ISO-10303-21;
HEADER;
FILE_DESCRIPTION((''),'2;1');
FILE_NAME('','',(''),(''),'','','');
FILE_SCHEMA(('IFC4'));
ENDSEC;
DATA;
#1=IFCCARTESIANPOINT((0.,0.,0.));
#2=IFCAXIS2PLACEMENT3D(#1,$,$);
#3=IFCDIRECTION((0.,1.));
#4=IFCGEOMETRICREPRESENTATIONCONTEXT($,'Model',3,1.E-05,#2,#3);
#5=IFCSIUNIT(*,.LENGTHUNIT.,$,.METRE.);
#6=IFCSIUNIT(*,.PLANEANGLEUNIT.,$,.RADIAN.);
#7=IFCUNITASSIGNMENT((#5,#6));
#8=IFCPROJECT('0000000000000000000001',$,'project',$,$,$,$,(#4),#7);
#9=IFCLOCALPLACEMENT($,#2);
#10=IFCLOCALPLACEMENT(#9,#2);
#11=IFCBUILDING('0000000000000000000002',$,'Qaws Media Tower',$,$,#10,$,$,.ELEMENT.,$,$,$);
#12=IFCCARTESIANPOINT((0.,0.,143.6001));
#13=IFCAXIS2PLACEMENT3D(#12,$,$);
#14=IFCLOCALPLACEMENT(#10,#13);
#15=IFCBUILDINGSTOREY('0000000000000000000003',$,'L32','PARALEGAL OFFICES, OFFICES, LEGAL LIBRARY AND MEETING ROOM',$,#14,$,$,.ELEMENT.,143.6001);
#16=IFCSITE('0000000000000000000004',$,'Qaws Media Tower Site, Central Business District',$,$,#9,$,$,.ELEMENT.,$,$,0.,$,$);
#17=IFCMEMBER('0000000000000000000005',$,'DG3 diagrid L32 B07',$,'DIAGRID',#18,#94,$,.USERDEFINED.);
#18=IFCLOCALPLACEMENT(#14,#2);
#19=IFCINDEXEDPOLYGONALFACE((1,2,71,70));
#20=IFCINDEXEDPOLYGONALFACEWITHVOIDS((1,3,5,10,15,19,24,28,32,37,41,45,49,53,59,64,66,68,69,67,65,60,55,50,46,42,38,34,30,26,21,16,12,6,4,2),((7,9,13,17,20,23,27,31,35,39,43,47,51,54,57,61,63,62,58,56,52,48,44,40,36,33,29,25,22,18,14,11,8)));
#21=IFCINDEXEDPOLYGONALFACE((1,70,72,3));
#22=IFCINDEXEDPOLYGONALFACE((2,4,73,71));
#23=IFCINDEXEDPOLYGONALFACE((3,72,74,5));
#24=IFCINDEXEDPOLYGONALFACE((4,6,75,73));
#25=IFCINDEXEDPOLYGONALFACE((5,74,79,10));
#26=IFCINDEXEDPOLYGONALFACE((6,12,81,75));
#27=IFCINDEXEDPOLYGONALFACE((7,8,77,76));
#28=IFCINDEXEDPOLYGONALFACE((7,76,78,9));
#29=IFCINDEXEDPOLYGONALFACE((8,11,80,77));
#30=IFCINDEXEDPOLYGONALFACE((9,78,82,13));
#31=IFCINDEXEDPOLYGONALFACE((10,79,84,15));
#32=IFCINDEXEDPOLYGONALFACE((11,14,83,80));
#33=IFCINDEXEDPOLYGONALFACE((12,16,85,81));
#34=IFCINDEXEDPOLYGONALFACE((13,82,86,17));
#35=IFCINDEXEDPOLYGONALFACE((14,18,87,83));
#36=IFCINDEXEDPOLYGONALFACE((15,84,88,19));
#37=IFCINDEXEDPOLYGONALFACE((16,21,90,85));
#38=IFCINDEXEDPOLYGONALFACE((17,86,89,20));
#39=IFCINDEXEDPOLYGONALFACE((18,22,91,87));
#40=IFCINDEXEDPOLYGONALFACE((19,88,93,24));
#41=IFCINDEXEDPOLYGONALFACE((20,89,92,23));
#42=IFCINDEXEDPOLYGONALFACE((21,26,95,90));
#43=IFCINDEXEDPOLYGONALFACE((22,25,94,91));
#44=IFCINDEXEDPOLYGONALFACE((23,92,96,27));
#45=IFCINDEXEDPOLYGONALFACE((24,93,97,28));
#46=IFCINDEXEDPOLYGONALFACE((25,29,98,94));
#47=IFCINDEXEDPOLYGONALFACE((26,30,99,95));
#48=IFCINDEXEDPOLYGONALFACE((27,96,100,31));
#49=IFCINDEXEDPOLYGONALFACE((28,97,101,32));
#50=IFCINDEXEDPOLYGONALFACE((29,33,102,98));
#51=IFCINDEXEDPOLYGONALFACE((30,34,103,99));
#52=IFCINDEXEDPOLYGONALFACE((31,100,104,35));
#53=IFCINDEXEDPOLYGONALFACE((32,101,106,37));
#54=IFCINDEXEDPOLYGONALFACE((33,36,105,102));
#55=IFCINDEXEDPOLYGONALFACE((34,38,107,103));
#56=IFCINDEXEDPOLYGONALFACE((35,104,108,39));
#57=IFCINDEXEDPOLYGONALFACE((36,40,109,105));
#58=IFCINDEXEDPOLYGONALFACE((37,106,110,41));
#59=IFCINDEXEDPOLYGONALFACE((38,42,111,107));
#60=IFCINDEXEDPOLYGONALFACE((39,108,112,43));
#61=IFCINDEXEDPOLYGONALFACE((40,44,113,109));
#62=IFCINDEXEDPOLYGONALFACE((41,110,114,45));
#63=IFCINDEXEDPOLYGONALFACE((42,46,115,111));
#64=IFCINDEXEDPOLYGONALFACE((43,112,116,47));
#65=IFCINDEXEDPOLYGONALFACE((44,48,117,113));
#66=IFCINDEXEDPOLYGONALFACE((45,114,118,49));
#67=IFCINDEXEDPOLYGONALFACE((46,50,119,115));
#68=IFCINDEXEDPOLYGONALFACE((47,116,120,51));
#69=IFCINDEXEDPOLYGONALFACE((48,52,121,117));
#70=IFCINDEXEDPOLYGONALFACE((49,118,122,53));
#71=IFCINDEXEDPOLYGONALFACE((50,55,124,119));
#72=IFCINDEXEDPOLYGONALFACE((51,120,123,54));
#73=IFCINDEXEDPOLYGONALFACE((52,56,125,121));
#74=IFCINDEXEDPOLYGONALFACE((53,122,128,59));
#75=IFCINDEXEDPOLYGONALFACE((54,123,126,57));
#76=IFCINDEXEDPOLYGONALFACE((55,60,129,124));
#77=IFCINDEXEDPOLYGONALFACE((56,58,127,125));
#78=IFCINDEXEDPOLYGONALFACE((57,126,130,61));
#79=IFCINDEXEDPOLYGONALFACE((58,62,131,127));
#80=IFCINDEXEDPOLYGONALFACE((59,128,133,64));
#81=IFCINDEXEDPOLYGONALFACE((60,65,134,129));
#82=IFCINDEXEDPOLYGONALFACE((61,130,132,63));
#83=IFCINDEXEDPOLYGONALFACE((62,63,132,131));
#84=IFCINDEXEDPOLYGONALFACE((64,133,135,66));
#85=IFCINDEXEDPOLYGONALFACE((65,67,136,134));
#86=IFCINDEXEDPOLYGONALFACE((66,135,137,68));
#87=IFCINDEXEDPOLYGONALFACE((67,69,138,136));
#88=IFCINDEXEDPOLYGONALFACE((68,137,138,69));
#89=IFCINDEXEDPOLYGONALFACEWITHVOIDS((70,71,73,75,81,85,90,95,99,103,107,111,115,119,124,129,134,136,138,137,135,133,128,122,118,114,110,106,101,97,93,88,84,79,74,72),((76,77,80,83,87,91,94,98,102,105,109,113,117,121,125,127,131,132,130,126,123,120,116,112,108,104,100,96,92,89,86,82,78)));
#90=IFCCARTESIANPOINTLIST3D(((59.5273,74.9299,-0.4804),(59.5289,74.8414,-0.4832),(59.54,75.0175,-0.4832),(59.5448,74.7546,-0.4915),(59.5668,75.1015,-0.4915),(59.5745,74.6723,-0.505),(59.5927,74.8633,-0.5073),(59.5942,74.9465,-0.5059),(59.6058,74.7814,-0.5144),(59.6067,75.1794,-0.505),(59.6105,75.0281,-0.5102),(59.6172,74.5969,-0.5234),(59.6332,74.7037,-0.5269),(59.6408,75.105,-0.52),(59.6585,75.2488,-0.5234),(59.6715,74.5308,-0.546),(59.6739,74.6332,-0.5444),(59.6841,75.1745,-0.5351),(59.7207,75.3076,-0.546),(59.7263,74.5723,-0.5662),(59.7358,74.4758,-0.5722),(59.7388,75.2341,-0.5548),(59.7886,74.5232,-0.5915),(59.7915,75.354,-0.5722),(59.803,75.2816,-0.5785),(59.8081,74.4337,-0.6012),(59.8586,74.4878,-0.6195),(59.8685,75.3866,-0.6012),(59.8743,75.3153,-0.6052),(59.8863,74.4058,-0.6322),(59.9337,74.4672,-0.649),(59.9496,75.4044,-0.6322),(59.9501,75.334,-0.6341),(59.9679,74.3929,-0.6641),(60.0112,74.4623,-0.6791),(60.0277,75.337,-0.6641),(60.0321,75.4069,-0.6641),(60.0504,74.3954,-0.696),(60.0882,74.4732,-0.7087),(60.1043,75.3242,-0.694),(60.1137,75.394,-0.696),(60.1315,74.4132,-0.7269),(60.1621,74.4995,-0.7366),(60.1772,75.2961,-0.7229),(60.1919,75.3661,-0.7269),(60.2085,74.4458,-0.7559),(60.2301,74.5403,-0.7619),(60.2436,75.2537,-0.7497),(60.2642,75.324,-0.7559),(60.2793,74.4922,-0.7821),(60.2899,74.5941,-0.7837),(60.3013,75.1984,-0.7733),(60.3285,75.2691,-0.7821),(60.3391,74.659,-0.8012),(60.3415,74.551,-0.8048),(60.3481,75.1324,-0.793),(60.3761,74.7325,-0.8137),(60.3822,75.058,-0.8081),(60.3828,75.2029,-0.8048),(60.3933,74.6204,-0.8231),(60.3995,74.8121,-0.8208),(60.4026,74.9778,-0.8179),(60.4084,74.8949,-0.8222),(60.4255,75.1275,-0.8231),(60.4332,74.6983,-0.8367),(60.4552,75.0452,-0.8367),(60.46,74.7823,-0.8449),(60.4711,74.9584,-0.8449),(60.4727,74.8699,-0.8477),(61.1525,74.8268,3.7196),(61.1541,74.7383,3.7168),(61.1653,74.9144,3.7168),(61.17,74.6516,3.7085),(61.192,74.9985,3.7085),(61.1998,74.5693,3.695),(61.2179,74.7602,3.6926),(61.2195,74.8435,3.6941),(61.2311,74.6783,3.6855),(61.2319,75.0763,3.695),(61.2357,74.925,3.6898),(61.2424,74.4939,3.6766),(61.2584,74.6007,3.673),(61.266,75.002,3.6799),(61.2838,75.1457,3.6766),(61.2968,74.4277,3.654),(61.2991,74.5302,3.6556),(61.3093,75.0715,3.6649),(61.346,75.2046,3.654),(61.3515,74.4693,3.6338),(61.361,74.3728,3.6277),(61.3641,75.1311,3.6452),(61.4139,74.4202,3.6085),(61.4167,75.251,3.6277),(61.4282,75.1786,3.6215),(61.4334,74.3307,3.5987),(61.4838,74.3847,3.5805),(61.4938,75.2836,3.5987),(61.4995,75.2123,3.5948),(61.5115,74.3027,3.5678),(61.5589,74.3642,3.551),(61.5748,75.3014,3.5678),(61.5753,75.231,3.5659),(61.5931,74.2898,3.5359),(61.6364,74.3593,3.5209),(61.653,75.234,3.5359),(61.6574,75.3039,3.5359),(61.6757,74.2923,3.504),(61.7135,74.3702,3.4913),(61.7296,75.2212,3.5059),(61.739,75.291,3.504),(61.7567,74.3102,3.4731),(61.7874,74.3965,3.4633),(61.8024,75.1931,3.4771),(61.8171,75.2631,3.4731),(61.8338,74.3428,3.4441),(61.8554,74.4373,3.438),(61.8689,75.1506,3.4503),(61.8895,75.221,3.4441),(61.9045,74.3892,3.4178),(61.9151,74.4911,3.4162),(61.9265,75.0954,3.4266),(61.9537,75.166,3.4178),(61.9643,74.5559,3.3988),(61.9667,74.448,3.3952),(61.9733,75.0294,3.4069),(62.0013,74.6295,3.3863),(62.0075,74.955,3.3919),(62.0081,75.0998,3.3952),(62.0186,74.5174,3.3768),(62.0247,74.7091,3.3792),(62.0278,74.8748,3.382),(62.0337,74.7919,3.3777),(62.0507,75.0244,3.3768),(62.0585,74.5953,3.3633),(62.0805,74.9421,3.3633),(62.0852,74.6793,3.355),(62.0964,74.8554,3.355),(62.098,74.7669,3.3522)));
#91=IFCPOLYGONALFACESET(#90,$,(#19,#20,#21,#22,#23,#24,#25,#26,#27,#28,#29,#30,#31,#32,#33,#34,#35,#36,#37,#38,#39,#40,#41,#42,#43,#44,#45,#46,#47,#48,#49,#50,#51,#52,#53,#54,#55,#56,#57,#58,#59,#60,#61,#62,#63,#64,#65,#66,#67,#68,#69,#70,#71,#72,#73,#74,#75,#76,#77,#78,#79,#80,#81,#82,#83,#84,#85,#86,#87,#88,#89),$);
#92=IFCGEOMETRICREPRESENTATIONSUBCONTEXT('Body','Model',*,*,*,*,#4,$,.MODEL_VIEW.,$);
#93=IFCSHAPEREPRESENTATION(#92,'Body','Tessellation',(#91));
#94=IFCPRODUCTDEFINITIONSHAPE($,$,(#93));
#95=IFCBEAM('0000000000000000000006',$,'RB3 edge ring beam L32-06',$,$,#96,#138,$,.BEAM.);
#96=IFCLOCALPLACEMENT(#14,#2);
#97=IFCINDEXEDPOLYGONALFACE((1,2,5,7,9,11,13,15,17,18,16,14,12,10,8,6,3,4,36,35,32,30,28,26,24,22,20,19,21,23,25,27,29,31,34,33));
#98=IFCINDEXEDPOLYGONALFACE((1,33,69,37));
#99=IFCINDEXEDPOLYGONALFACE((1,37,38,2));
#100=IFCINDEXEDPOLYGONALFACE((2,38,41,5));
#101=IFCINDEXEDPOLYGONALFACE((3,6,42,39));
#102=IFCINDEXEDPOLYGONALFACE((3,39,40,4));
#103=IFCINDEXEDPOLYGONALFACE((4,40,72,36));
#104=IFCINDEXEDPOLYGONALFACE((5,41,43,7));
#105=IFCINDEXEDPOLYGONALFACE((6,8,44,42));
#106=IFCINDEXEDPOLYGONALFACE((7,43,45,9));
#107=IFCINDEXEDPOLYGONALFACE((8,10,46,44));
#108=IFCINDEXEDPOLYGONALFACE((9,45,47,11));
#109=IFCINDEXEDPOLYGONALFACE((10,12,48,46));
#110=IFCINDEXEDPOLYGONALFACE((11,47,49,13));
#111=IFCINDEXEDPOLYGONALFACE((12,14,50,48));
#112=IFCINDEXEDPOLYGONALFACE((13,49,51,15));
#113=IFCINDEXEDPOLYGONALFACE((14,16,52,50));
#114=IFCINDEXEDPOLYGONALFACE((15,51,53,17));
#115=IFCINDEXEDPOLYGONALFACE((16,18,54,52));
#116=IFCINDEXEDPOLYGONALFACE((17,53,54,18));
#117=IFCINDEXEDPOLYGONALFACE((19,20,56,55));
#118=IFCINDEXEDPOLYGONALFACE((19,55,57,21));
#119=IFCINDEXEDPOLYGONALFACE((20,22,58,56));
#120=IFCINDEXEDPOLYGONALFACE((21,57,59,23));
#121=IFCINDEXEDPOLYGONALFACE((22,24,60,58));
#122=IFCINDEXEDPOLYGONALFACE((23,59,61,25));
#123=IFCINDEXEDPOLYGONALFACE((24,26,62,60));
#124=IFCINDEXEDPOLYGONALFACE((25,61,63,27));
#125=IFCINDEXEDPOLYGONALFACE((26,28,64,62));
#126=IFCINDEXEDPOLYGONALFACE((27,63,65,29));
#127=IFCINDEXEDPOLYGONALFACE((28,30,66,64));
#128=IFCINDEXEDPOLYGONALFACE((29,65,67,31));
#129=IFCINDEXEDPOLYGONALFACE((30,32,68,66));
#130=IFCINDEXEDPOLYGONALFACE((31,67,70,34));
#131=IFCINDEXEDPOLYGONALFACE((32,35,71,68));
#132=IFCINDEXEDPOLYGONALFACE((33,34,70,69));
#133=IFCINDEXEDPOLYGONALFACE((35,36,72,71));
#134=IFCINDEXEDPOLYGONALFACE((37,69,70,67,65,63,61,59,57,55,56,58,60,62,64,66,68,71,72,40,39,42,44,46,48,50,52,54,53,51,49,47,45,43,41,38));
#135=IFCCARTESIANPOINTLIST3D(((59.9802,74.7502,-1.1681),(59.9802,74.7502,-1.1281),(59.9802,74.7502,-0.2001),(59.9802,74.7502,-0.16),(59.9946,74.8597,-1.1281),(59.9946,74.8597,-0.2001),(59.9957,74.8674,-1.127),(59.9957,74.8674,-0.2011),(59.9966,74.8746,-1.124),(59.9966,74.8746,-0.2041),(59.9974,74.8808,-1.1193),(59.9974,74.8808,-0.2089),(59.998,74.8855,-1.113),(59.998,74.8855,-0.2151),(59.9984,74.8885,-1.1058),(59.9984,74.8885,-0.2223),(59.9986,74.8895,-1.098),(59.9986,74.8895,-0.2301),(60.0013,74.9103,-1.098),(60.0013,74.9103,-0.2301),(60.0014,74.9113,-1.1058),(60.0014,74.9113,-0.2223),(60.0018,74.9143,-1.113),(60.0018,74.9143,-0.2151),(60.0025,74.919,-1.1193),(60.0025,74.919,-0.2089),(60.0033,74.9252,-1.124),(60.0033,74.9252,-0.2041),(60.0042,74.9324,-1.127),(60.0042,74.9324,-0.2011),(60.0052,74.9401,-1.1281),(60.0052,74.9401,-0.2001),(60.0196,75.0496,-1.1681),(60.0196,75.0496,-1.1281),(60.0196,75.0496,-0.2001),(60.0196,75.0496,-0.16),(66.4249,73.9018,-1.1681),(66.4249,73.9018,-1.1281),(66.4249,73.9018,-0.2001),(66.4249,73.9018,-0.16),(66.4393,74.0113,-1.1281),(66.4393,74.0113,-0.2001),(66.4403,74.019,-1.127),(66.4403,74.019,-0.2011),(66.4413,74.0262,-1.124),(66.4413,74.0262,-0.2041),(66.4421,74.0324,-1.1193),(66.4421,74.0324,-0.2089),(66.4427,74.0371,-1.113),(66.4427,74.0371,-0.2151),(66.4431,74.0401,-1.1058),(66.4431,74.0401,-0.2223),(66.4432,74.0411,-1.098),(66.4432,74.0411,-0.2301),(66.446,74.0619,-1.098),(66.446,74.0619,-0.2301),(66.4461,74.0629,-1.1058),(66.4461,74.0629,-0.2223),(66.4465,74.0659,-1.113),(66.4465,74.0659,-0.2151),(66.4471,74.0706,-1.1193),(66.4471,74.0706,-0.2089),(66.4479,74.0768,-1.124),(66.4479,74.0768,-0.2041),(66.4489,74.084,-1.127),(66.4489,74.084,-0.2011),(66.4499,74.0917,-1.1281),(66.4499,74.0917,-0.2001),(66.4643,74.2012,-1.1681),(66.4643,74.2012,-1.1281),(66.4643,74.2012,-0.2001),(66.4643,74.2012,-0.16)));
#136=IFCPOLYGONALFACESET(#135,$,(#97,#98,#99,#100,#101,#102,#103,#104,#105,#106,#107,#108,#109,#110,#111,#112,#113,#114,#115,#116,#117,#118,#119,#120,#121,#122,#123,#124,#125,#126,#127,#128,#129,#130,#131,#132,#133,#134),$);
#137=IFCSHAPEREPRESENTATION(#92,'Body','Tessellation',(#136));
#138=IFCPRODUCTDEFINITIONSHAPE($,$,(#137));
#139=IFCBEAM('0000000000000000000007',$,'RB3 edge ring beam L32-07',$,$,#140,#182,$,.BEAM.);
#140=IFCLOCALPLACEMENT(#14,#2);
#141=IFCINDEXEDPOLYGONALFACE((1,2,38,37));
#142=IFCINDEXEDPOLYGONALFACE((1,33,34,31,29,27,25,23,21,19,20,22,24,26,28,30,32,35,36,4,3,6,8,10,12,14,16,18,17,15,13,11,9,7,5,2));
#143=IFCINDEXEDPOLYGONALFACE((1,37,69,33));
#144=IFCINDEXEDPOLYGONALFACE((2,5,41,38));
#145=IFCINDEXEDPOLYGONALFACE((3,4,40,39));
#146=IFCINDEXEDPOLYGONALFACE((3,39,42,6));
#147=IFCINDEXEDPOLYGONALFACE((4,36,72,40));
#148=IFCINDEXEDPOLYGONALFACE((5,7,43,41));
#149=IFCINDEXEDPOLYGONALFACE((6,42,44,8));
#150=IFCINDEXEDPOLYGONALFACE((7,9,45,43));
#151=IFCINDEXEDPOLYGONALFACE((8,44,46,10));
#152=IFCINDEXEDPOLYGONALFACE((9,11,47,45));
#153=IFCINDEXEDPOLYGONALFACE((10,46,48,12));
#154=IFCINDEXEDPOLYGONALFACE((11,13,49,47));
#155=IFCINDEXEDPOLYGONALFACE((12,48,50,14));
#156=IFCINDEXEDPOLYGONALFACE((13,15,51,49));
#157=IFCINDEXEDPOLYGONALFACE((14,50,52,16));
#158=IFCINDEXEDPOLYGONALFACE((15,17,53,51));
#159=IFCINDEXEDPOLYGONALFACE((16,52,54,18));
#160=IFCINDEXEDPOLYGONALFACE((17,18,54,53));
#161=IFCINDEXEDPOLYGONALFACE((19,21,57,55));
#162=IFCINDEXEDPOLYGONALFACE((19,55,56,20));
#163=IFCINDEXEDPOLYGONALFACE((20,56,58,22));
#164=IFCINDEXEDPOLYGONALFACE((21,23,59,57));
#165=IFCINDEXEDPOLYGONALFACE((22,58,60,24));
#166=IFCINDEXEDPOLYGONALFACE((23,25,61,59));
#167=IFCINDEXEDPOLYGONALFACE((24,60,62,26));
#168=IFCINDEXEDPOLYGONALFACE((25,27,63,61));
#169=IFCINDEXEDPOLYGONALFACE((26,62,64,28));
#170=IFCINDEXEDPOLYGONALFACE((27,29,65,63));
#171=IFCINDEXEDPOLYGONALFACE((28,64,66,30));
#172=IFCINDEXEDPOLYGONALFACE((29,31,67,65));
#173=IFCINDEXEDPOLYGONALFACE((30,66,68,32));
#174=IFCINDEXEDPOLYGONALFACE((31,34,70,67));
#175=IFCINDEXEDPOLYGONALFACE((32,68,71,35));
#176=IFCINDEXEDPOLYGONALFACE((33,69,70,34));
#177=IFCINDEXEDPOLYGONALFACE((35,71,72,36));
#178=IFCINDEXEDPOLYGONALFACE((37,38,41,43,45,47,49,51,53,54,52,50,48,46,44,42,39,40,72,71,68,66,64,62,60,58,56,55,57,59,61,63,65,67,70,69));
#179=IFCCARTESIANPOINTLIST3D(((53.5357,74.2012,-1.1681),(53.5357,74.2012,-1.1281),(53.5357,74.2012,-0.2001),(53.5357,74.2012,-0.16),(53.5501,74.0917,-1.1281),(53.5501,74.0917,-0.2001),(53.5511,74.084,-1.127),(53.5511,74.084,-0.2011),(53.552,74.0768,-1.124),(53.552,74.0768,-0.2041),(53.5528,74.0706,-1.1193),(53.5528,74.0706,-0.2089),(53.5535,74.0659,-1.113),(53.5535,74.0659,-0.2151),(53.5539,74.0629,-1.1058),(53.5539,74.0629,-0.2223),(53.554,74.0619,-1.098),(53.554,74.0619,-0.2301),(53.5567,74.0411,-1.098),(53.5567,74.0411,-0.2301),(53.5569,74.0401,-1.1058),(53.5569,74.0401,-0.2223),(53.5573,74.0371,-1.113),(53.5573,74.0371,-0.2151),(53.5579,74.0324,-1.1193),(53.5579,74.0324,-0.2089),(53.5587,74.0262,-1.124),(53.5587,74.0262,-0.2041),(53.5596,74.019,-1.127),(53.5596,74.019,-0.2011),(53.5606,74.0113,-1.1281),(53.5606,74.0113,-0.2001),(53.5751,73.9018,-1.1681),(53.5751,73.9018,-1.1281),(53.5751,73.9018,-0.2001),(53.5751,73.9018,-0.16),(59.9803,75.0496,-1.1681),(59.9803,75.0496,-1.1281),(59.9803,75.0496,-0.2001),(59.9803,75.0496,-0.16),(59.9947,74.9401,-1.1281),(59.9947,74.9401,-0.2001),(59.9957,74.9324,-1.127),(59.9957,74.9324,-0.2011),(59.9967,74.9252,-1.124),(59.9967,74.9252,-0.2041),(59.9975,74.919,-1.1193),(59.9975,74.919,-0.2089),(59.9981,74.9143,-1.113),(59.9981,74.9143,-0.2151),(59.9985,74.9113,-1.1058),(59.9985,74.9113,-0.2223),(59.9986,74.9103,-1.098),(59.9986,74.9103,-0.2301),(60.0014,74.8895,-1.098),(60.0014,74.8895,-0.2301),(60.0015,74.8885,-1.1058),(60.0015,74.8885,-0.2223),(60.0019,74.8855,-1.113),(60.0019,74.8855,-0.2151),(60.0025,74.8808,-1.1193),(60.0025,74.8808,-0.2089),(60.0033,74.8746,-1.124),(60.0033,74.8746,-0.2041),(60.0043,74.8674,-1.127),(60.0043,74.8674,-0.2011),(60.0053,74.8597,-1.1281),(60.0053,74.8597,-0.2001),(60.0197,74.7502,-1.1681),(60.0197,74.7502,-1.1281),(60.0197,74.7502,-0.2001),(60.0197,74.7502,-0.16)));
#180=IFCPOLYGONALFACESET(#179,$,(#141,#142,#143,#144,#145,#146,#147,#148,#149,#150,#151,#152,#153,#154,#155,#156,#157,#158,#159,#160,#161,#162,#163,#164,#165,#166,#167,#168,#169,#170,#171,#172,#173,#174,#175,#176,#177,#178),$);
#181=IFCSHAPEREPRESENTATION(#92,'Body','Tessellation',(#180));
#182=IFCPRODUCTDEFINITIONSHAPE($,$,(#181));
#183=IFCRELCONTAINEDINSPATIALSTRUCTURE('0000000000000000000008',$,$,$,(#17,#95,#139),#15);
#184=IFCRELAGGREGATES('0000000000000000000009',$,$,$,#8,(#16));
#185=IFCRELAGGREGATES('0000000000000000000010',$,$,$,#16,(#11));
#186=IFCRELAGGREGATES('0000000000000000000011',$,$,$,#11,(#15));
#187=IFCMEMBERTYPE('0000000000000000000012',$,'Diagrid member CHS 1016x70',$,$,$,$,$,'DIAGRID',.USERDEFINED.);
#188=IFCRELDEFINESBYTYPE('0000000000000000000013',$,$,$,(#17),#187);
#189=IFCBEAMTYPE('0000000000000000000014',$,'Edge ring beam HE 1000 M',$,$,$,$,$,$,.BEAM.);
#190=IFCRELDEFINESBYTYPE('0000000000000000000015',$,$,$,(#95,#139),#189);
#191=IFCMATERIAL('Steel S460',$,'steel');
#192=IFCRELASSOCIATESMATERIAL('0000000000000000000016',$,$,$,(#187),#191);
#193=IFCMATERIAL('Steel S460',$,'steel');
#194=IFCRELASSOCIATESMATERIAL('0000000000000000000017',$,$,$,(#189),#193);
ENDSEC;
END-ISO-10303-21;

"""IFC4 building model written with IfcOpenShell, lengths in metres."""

from ifc_helpers import new_model, si_unit, direction, frame, origin, origin_2d, place, context, subcontext, project, spatial, hollow_circle, i_section, extrude, material, material_profile, profile_set, type_object, element, save


model = new_model("IFC4")

# Units and contexts
model_context = context("Model", 3, precision=1e-05, world=origin(), true_north=direction((0.0, 1.0)))
body_context = subcontext(model_context, "Body", "Model", "MODEL_VIEW")
ifc_project = project(units=[si_unit("LENGTHUNIT", "METRE"), si_unit("PLANEANGLEUNIT", "RADIAN")], contexts=[model_context])

# Site, building, storey
site_placement = place(None, origin())
site = spatial("IfcSite", under=ifc_project, at=site_placement, Name="Qaws Media Tower Site, Central Business District", CompositionType="ELEMENT", RefElevation=0.0)
building_placement = place(site_placement, origin())
building = spatial("IfcBuilding", under=site, at=building_placement, Name="Qaws Media Tower", CompositionType="ELEMENT")
storey_placement = place(building_placement, frame((0.0, 0.0, 143.6001)))
storey = spatial("IfcBuildingStorey", under=building, at=storey_placement, Name="L32", Description="PARALEGAL OFFICES, OFFICES, LEGAL LIBRARY AND MEETING ROOM", CompositionType="ELEMENT", Elevation=143.6001)

# Member
ifc_material_1 = material(Name="Steel S460", Category="steel")
ifc_material_profile_1 = material_profile(ifc_material_1, hollow_circle(Radius=0.5081, WallThickness=0.0701, at=origin_2d()), Name="CHS 1016x70")
ifc_profile_set_1 = profile_set([ifc_material_profile_1], Name="Steel S460")
member_type_1 = type_object("IfcMemberType", Name="Diagrid member CHS 1016x70", ElementType="DIAGRID", PredefinedType="USERDEFINED", material=ifc_profile_set_1)
for number, where, z_axis, x_axis, name in (
    (1, (60.0, 74.8999, -0.6641), (0.360795, -0.022871, 0.932365), (0.063265, 0.997997, 0.0), "DG3 diagrid L32 B07"),
):
    element("IfcMember", number, at=place(storey_placement, frame(where, z_axis=z_axis, x_axis=x_axis)), inside=storey, type_object=member_type_1, Name=name, ObjectType="DIAGRID", PredefinedType="USERDEFINED", context=body_context, shape_type="SweptSolid", body=[
        extrude(hollow_circle(Radius=0.5081, WallThickness=0.0701, at=origin_2d()), origin(), (0.0, 0.0, 1.0), 4.5046),
    ])

# Beams
ifc_material_2 = material(Name="Steel S460", Category="steel")
ifc_material_profile_2 = material_profile(ifc_material_2, i_section(OverallWidth=0.302, OverallDepth=1.0081, WebThickness=0.021, FlangeThickness=0.04, FilletRadius=0.03, at=origin_2d()), Name="HE 1000 M")
ifc_profile_set_2 = profile_set([ifc_material_profile_2], Name="Steel S460")
beam_type_1 = type_object("IfcBeamType", Name="Edge ring beam HE 1000 M", PredefinedType="BEAM", material=ifc_profile_set_2)
for number, where, z_axis, x_axis, name in (
    (2, (66.4446, 74.0515, -0.6641), (-0.991446, 0.130518, 0.0), (-0.130518, -0.991446, 0.0), "RB3 edge ring beam L32-06"),
    (3, (60.0, 74.8999, -0.6641), (-0.991446, -0.130518, 0.0), (0.130518, -0.991446, 0.0), "RB3 edge ring beam L32-07"),
):
    element("IfcBeam", number, at=place(storey_placement, frame(where, z_axis=z_axis, x_axis=x_axis)), inside=storey, type_object=beam_type_1, Name=name, PredefinedType="BEAM", context=body_context, shape_type="SweptSolid", body=[
        extrude(i_section(OverallWidth=0.302, OverallDepth=1.0081, WebThickness=0.021, FlangeThickness=0.04, FilletRadius=0.03, at=origin_2d()), origin(), (0.0, 0.0, 1.0), 6.5002),
    ])

save(model, "model.ifc")
